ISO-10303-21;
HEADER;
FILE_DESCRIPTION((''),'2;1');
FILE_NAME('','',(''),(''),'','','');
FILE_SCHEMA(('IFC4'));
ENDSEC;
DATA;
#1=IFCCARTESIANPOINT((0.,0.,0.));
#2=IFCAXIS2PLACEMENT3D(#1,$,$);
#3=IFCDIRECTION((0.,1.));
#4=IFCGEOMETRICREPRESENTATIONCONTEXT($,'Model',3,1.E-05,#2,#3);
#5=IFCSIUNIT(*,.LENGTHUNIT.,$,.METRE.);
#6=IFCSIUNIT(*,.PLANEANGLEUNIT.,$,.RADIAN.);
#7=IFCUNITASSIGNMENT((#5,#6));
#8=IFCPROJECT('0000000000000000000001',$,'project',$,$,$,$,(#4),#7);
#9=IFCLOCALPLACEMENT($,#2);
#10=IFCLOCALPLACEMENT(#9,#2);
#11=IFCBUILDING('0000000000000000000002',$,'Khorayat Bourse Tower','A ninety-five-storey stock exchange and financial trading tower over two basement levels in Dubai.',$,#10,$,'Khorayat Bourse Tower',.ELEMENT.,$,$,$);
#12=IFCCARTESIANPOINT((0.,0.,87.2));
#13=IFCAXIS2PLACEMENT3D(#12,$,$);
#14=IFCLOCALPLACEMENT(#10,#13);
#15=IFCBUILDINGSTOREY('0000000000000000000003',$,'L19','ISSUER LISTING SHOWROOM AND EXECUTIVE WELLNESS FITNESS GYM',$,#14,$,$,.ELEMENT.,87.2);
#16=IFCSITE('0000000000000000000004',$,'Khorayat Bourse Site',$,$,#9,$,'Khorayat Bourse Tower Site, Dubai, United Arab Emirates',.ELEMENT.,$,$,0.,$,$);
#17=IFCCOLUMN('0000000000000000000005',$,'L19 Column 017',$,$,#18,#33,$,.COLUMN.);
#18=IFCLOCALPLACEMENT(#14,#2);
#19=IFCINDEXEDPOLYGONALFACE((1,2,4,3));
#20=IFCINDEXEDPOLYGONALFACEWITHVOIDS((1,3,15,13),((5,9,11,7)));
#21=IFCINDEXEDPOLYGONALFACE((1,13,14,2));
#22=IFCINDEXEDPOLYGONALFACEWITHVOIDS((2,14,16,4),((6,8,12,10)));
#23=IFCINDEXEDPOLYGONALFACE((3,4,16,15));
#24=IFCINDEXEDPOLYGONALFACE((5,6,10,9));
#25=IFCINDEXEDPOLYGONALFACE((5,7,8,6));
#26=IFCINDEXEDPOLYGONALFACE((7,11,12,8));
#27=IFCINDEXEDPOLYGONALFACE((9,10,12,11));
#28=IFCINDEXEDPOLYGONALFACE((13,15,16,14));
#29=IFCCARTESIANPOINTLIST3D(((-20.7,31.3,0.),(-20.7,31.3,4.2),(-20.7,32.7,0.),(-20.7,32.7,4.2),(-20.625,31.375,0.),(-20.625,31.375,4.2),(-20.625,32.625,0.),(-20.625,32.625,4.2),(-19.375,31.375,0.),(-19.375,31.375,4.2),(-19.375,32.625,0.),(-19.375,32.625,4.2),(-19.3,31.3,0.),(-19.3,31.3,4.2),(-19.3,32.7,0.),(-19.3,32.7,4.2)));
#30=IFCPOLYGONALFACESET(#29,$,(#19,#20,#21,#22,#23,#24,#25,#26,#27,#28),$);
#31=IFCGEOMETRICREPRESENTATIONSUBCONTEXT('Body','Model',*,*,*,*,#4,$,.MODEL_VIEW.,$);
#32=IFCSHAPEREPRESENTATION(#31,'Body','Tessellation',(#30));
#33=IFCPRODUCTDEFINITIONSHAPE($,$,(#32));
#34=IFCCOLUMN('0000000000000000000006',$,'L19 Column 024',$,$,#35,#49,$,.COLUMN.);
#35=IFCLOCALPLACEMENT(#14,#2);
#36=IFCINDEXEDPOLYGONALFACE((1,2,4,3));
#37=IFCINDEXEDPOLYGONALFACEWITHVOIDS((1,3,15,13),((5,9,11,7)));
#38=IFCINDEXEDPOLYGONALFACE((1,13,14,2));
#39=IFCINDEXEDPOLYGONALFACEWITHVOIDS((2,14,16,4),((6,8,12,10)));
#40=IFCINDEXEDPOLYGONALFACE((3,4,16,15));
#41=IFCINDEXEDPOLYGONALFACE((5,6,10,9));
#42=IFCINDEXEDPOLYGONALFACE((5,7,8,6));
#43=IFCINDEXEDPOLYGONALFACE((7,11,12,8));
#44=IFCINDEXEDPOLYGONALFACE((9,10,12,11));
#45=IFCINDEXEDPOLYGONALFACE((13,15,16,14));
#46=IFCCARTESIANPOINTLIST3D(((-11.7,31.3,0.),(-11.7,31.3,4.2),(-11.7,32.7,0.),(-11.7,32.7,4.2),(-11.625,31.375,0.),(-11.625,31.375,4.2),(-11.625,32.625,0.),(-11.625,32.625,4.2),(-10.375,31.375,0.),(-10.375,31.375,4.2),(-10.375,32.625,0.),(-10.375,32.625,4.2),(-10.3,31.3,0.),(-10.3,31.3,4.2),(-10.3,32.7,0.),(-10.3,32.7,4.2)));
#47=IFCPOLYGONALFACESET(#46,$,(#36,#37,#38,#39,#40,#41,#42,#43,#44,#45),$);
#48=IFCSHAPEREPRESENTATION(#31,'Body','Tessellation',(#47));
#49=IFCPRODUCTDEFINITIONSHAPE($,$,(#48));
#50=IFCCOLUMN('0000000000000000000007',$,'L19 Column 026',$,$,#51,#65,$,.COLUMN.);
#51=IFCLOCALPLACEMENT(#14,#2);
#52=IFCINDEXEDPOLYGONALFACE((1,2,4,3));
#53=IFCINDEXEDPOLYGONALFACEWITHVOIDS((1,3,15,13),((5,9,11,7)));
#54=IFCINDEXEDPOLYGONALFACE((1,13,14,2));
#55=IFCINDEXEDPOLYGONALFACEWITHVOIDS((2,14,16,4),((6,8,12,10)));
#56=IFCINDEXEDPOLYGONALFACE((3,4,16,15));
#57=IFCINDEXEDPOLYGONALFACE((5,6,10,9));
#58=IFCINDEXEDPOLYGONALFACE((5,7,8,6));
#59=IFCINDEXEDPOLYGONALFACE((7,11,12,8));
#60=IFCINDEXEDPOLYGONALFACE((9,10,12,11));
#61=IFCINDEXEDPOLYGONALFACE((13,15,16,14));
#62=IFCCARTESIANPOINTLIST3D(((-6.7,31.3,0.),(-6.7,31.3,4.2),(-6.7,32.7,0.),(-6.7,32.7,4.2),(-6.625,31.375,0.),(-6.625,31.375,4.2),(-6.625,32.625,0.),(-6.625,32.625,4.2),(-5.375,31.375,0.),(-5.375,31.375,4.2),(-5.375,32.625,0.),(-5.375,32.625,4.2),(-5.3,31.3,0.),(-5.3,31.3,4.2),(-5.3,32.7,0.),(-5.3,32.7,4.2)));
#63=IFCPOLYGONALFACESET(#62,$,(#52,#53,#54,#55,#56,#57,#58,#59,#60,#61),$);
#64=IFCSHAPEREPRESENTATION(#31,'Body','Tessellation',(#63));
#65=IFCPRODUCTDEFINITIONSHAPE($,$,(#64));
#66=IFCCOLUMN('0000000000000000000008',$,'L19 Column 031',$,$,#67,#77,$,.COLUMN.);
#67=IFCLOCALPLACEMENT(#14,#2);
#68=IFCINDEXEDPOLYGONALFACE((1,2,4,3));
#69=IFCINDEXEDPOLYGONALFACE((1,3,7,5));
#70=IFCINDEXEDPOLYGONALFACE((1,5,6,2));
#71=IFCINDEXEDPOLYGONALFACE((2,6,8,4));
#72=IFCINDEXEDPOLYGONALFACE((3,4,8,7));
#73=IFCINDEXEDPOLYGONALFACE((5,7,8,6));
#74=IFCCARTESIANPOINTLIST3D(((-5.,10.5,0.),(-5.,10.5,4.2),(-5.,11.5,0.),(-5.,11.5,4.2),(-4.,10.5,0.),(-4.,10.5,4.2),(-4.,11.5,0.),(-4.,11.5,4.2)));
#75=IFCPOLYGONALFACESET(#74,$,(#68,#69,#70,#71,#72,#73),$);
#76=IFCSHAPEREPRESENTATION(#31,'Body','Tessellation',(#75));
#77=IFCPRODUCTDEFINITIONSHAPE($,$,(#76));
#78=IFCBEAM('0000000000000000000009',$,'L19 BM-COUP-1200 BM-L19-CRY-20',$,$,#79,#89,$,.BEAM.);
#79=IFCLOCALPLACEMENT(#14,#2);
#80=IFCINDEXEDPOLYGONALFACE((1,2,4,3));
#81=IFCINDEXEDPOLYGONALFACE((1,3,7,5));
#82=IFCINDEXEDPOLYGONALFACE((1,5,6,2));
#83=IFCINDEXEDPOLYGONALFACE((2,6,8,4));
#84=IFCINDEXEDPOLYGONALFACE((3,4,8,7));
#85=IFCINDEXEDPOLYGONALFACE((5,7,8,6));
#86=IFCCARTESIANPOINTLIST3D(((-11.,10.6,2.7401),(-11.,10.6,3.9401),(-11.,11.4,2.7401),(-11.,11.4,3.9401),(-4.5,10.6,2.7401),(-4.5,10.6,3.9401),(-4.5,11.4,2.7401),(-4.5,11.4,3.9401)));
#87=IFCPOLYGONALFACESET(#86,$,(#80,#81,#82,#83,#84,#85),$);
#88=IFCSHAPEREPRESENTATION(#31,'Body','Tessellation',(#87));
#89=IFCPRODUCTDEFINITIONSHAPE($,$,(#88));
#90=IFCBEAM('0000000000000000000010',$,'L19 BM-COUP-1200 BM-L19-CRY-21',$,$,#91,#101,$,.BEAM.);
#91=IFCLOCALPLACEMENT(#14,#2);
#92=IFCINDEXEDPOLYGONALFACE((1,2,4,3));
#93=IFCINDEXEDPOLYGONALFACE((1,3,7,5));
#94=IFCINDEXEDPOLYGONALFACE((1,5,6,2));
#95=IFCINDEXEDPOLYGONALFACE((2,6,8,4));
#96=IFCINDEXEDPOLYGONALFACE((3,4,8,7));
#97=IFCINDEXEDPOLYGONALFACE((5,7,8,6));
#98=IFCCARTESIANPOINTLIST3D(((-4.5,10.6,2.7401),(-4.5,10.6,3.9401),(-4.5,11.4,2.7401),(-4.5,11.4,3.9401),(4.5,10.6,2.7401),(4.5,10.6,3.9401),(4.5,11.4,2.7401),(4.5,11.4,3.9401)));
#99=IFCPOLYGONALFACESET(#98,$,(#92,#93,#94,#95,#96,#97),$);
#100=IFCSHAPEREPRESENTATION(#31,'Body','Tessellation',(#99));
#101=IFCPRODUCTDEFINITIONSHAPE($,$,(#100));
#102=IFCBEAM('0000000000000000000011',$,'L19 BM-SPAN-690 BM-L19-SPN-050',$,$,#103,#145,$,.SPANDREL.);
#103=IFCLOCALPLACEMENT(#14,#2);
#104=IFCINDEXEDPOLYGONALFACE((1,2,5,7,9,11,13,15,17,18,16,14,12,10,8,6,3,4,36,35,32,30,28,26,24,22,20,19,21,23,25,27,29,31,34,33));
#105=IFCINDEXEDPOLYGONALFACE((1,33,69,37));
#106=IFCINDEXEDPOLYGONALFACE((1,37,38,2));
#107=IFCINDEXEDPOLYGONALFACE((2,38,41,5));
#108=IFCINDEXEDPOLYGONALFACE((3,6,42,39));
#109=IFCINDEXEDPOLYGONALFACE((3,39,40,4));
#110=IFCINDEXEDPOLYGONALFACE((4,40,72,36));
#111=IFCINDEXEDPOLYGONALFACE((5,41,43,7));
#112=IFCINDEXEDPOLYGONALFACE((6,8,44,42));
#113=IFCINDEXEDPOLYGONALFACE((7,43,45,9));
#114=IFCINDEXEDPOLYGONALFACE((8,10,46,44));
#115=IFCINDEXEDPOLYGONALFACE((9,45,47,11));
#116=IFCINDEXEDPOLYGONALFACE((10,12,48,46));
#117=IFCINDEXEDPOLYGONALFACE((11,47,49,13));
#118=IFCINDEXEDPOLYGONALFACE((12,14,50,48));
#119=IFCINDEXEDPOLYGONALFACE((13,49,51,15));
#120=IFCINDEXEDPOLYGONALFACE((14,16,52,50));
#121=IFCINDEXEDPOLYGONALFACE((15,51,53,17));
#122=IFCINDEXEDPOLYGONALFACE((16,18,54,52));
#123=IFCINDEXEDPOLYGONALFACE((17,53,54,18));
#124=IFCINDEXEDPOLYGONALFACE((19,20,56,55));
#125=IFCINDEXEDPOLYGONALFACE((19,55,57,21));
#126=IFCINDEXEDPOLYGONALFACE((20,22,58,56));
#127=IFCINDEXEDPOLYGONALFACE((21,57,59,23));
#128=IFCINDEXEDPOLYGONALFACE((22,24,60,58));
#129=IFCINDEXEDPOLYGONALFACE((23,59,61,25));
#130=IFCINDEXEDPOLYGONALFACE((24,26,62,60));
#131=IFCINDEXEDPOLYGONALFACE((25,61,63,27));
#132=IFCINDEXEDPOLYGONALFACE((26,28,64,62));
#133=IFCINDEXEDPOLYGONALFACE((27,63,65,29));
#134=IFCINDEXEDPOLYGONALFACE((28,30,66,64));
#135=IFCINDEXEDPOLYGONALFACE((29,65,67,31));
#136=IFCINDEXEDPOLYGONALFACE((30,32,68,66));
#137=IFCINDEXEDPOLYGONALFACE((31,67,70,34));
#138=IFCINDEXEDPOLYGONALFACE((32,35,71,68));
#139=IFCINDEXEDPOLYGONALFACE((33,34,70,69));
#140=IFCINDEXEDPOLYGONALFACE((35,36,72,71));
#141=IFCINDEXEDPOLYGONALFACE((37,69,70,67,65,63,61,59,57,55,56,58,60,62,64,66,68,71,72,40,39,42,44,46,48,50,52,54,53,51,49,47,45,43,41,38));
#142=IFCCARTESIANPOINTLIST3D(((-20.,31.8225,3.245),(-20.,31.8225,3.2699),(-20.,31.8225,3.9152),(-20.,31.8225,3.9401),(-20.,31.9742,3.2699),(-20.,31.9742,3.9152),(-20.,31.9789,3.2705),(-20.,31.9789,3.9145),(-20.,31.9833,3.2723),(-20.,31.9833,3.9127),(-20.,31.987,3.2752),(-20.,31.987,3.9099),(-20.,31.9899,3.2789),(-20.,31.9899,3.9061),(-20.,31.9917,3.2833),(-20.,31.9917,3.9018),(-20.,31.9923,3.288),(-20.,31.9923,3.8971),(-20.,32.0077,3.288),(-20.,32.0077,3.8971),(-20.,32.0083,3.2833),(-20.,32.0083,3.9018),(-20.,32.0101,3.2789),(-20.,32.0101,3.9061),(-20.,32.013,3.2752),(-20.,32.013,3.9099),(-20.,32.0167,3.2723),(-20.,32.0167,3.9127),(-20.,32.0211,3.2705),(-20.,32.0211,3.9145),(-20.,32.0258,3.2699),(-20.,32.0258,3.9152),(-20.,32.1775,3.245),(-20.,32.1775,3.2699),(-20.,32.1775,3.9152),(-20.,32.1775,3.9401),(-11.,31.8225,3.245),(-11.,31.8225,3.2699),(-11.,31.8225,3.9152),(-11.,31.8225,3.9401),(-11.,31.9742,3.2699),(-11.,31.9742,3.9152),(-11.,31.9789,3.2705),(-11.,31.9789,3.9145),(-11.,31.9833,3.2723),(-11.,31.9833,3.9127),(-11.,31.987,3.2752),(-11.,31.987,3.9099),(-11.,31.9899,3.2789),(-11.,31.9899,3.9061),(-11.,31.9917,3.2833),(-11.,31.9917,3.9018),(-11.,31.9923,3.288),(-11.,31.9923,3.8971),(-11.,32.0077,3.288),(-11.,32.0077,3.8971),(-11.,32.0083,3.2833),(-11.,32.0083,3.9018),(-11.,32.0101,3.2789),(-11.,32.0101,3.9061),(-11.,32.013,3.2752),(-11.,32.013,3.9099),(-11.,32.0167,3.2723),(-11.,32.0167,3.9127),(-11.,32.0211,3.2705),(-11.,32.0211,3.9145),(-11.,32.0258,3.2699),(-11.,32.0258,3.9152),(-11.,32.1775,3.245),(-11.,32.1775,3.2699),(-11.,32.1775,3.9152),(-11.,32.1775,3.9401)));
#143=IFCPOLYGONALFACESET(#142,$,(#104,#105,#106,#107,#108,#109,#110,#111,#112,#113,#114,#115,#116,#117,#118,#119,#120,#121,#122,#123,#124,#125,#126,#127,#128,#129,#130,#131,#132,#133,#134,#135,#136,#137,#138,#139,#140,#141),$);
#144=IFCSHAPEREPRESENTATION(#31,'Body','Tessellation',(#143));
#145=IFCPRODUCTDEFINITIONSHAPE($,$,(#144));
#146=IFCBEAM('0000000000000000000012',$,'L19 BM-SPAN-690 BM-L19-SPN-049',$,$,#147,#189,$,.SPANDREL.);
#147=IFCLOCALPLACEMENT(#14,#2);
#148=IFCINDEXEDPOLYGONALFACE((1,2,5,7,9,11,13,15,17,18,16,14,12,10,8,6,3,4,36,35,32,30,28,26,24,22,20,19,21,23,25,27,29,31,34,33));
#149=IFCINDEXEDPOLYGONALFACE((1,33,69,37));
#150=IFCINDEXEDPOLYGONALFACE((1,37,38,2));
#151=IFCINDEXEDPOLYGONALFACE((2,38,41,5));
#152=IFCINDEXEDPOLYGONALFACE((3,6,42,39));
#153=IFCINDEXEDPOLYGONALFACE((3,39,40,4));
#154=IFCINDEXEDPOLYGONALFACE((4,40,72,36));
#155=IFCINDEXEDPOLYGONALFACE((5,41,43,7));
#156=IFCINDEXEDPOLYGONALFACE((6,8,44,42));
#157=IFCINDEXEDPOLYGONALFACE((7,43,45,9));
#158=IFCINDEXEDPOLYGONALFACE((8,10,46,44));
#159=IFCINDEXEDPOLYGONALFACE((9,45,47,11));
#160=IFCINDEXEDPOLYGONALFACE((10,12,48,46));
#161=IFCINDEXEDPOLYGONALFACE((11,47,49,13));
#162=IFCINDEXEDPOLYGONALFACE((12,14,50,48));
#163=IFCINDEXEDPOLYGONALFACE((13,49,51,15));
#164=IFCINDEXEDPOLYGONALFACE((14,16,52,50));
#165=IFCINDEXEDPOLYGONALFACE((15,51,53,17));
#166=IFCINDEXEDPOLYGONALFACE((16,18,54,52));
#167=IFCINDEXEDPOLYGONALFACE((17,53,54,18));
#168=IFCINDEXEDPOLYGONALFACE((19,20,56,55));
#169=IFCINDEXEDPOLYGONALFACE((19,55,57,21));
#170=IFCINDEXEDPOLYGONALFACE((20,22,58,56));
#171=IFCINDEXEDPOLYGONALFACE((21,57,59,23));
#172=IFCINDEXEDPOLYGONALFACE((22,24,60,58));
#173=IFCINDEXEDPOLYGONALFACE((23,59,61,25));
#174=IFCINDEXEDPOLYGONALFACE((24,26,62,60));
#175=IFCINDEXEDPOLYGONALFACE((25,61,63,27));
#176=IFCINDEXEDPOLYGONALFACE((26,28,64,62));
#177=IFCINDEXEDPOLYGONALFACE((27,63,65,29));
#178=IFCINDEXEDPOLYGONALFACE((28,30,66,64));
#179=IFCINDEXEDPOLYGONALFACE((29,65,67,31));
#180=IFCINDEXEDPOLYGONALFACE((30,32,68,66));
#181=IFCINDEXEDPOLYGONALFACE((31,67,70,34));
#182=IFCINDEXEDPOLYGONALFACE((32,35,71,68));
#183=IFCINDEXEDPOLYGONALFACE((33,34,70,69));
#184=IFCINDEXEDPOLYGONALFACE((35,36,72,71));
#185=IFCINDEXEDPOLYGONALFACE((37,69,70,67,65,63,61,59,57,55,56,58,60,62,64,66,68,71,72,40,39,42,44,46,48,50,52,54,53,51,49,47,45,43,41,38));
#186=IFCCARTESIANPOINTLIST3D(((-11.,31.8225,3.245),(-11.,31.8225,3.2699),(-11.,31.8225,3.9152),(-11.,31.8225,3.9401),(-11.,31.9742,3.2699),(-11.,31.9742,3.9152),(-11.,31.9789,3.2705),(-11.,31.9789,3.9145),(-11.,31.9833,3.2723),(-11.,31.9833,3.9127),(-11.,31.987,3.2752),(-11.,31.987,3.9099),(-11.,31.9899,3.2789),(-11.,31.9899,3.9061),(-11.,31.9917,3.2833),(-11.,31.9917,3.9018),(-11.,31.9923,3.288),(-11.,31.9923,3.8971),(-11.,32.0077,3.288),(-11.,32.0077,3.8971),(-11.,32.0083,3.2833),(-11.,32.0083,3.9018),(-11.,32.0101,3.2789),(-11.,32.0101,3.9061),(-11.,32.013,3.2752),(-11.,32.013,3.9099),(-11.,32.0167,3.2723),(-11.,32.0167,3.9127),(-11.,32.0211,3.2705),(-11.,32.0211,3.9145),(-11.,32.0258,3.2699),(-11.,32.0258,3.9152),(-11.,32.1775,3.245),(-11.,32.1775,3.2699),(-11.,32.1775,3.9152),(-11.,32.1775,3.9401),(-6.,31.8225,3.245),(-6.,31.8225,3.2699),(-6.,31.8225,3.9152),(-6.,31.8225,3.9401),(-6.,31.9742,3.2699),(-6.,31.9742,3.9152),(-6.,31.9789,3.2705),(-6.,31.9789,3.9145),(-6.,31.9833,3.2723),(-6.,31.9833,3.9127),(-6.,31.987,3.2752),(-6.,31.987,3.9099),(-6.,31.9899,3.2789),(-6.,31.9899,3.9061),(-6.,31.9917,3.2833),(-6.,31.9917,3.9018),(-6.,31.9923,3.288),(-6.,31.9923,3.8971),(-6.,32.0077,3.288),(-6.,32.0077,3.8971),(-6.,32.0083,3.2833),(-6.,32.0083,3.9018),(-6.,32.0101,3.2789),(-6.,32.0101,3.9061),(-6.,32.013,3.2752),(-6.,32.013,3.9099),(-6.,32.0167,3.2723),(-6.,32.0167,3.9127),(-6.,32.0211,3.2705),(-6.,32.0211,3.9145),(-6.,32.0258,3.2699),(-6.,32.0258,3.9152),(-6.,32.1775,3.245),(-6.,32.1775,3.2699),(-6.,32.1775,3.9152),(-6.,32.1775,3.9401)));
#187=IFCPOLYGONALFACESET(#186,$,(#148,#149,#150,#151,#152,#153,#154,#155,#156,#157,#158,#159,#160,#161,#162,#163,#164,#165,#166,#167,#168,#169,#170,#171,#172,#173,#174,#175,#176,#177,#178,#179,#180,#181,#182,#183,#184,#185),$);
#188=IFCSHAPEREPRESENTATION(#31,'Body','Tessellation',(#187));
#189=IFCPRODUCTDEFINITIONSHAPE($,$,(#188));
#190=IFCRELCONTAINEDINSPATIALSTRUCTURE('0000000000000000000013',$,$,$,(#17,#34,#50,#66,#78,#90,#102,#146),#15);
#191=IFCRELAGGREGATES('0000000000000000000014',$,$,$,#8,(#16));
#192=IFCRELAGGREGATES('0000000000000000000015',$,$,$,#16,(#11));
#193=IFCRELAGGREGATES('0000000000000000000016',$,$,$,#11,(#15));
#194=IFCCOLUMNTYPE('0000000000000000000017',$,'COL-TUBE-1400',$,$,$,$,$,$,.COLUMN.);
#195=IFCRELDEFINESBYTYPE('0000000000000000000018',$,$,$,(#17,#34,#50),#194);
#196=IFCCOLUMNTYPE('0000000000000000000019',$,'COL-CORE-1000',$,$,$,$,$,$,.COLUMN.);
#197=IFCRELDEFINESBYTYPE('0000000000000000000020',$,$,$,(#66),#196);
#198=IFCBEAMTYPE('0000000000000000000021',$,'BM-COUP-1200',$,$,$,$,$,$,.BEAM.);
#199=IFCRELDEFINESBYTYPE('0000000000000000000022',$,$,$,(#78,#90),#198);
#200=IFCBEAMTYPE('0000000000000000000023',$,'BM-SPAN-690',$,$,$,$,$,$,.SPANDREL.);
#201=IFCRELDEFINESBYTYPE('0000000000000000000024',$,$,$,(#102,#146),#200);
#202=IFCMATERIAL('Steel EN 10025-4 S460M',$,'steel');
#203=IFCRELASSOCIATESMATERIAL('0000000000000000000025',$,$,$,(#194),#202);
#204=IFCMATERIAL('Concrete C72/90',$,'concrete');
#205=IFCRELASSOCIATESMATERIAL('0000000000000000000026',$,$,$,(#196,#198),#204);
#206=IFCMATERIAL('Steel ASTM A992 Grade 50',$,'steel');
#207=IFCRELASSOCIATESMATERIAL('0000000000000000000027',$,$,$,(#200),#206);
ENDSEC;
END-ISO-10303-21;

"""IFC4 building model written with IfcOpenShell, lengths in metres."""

from ifc_helpers import new_model, si_unit, direction, frame, origin, origin_2d, place, context, subcontext, project, spatial, rectangle, hollow_rectangle, i_section, extrude, source, transform, mapped, material, material_profile, profile_set, type_object, element, save


model = new_model("IFC4")

# Units and contexts
model_context = context("Model", 3, precision=1e-05, world=origin(), true_north=direction((0.0, 1.0)))
body_context = subcontext(model_context, "Body", "Model", "MODEL_VIEW")
ifc_project = project(units=[si_unit("LENGTHUNIT", "METRE"), si_unit("PLANEANGLEUNIT", "RADIAN")], contexts=[model_context])

# Site, building, storey
site_placement = place(None, origin())
site = spatial("IfcSite", under=ifc_project, at=site_placement, Name="Khorayat Bourse Site", LongName="Khorayat Bourse Tower Site, Dubai, United Arab Emirates", CompositionType="ELEMENT", RefElevation=0.0)
building_placement = place(site_placement, origin())
building = spatial("IfcBuilding", under=site, at=building_placement, Name="Khorayat Bourse Tower", Description="A ninety-five-storey stock exchange and financial trading tower over two basement levels in Dubai.", LongName="Khorayat Bourse Tower", CompositionType="ELEMENT")
storey_placement = place(building_placement, frame((0.0, 0.0, 87.2)))
storey = spatial("IfcBuildingStorey", under=building, at=storey_placement, Name="L19", Description="ISSUER LISTING SHOWROOM AND EXECUTIVE WELLNESS FITNESS GYM", CompositionType="ELEMENT", Elevation=87.2)

# Columns
ifc_material_1 = material(Name="Steel EN 10025-4 S460M", Category="steel")
ifc_material_profile_1 = material_profile(ifc_material_1, hollow_rectangle(XDim=1.3999, YDim=1.3999, WallThickness=0.075, at=origin_2d()), Name="BOX 1400x1400x75")
ifc_profile_set_1 = profile_set([ifc_material_profile_1], Name="Steel EN 10025-4 S460M")
column_type_1 = type_object("IfcColumnType", Name="COL-TUBE-1400", PredefinedType="COLUMN", material=ifc_profile_set_1)
shared_shape_1 = source(origin(), body_context, "Body", "SweptSolid", [
    extrude(hollow_rectangle(XDim=1.3999, YDim=1.3999, WallThickness=0.075, at=origin_2d()), origin(), (0.0, 0.0, 1.0), 4.2),
])
for number, where, z_axis, x_axis, name in (
    (1, (-20.0, 32.0, 0.0), (0.0, 0.0, 1.0), (1.0, 0.0, 0.0), "L19 Column 017"),
    (2, (-11.0, 32.0, 0.0), (0.0, 0.0, 1.0), (1.0, 0.0, 0.0), "L19 Column 024"),
    (3, (-6.0, 32.0, 0.0), (0.0, 0.0, 1.0), (1.0, 0.0, 0.0), "L19 Column 026"),
):
    element("IfcColumn", number, at=place(storey_placement, frame(where, z_axis=z_axis, x_axis=x_axis)), inside=storey, type_object=column_type_1, Name=name, PredefinedType="COLUMN", context=body_context, shape_type="MappedRepresentation", body=[
        mapped(shared_shape_1, transform((0.0, 0.0, 0.0), scale=1.0)),
    ])
ifc_material_2 = material(Name="Concrete C72/90", Category="concrete")
ifc_material_profile_2 = material_profile(ifc_material_2, rectangle(XDim=1.0, YDim=1.0, at=origin_2d()), Name="RC 1000x1000")
ifc_profile_set_2 = profile_set([ifc_material_profile_2], Name="Concrete C72/90")
column_type_2 = type_object("IfcColumnType", Name="COL-CORE-1000", PredefinedType="COLUMN", material=ifc_profile_set_2)
shared_shape_2 = source(origin(), body_context, "Body", "SweptSolid", [
    extrude(rectangle(XDim=1.0, YDim=1.0, at=origin_2d()), origin(), (0.0, 0.0, 1.0), 4.2),
])
column_placement = place(storey_placement, frame((-4.5, 11.0, 0.0), z_axis=(0.0, 0.0, 1.0), x_axis=(1.0, 0.0, 0.0)))
element("IfcColumn", 4, at=column_placement, inside=storey, type_object=column_type_2, Name="L19 Column 031", PredefinedType="COLUMN", context=body_context, shape_type="MappedRepresentation", body=[
    mapped(shared_shape_2, transform((0.0, 0.0, 0.0), scale=1.0)),
])

# Beams
ifc_material_profile_3 = material_profile(ifc_material_2, rectangle(XDim=0.8, YDim=1.2, at=origin_2d()), Name="RC 800x1200")
ifc_profile_set_3 = profile_set([ifc_material_profile_3], Name="Concrete C72/90")
beam_type_1 = type_object("IfcBeamType", Name="BM-COUP-1200", PredefinedType="BEAM", material=ifc_profile_set_3)
shared_shape_3 = source(origin(), body_context, "Body", "SweptSolid", [
    extrude(rectangle(XDim=0.8, YDim=1.2, at=origin_2d()), origin(), (0.0, 0.0, 1.0), 6.5),
])
beam_1_placement = place(storey_placement, frame((-11.0, 11.0, 3.3401), z_axis=(1.0, 0.0, 0.0), x_axis=(0.0, 1.0, 0.0)))
element("IfcBeam", 5, at=beam_1_placement, inside=storey, type_object=beam_type_1, Name="L19 BM-COUP-1200 BM-L19-CRY-20", PredefinedType="BEAM", context=body_context, shape_type="MappedRepresentation", body=[
    mapped(shared_shape_3, transform((0.0, 0.0, 0.0), scale=1.0)),
])
shared_shape_4 = source(origin(), body_context, "Body", "SweptSolid", [
    extrude(rectangle(XDim=0.8, YDim=1.2, at=origin_2d()), origin(), (0.0, 0.0, 1.0), 9.0),
])
beam_2_placement = place(storey_placement, frame((-4.5, 11.0, 3.3401), z_axis=(1.0, 0.0, 0.0), x_axis=(0.0, 1.0, 0.0)))
element("IfcBeam", 6, at=beam_2_placement, inside=storey, type_object=beam_type_1, Name="L19 BM-COUP-1200 BM-L19-CRY-21", PredefinedType="BEAM", context=body_context, shape_type="MappedRepresentation", body=[
    mapped(shared_shape_4, transform((0.0, 0.0, 0.0), scale=1.0)),
])
ifc_material_3 = material(Name="Steel ASTM A992 Grade 50", Category="steel")
ifc_material_profile_4 = material_profile(ifc_material_3, i_section(OverallWidth=0.355, OverallDepth=0.6951, WebThickness=0.0154, FlangeThickness=0.0249, FilletRadius=0.0181, at=origin_2d()), Name="W690X217")
ifc_profile_set_4 = profile_set([ifc_material_profile_4], Name="Steel ASTM A992 Grade 50")
beam_type_2 = type_object("IfcBeamType", Name="BM-SPAN-690", PredefinedType="SPANDREL", material=ifc_profile_set_4)
shared_shape_5 = source(origin(), body_context, "Body", "SweptSolid", [
    extrude(i_section(OverallWidth=0.355, OverallDepth=0.6951, WebThickness=0.0154, FlangeThickness=0.0249, FilletRadius=0.0181, at=origin_2d()), origin(), (0.0, 0.0, 1.0), 9.0),
])
beam_3_placement = place(storey_placement, frame((-20.0, 32.0, 3.5925), z_axis=(1.0, 0.0, 0.0), x_axis=(0.0, 1.0, 0.0)))
element("IfcBeam", 7, at=beam_3_placement, inside=storey, type_object=beam_type_2, Name="L19 BM-SPAN-690 BM-L19-SPN-050", PredefinedType="SPANDREL", context=body_context, shape_type="MappedRepresentation", body=[
    mapped(shared_shape_5, transform((0.0, 0.0, 0.0), scale=1.0)),
])
shared_shape_6 = source(origin(), body_context, "Body", "SweptSolid", [
    extrude(i_section(OverallWidth=0.355, OverallDepth=0.6951, WebThickness=0.0154, FlangeThickness=0.0249, FilletRadius=0.0181, at=origin_2d()), origin(), (0.0, 0.0, 1.0), 5.0),
])
beam_4_placement = place(storey_placement, frame((-11.0, 32.0, 3.5925), z_axis=(1.0, 0.0, 0.0), x_axis=(0.0, 1.0, 0.0)))
element("IfcBeam", 8, at=beam_4_placement, inside=storey, type_object=beam_type_2, Name="L19 BM-SPAN-690 BM-L19-SPN-049", PredefinedType="SPANDREL", context=body_context, shape_type="MappedRepresentation", body=[
    mapped(shared_shape_6, transform((0.0, 0.0, 0.0), scale=1.0)),
])

save(model, "model.ifc")
